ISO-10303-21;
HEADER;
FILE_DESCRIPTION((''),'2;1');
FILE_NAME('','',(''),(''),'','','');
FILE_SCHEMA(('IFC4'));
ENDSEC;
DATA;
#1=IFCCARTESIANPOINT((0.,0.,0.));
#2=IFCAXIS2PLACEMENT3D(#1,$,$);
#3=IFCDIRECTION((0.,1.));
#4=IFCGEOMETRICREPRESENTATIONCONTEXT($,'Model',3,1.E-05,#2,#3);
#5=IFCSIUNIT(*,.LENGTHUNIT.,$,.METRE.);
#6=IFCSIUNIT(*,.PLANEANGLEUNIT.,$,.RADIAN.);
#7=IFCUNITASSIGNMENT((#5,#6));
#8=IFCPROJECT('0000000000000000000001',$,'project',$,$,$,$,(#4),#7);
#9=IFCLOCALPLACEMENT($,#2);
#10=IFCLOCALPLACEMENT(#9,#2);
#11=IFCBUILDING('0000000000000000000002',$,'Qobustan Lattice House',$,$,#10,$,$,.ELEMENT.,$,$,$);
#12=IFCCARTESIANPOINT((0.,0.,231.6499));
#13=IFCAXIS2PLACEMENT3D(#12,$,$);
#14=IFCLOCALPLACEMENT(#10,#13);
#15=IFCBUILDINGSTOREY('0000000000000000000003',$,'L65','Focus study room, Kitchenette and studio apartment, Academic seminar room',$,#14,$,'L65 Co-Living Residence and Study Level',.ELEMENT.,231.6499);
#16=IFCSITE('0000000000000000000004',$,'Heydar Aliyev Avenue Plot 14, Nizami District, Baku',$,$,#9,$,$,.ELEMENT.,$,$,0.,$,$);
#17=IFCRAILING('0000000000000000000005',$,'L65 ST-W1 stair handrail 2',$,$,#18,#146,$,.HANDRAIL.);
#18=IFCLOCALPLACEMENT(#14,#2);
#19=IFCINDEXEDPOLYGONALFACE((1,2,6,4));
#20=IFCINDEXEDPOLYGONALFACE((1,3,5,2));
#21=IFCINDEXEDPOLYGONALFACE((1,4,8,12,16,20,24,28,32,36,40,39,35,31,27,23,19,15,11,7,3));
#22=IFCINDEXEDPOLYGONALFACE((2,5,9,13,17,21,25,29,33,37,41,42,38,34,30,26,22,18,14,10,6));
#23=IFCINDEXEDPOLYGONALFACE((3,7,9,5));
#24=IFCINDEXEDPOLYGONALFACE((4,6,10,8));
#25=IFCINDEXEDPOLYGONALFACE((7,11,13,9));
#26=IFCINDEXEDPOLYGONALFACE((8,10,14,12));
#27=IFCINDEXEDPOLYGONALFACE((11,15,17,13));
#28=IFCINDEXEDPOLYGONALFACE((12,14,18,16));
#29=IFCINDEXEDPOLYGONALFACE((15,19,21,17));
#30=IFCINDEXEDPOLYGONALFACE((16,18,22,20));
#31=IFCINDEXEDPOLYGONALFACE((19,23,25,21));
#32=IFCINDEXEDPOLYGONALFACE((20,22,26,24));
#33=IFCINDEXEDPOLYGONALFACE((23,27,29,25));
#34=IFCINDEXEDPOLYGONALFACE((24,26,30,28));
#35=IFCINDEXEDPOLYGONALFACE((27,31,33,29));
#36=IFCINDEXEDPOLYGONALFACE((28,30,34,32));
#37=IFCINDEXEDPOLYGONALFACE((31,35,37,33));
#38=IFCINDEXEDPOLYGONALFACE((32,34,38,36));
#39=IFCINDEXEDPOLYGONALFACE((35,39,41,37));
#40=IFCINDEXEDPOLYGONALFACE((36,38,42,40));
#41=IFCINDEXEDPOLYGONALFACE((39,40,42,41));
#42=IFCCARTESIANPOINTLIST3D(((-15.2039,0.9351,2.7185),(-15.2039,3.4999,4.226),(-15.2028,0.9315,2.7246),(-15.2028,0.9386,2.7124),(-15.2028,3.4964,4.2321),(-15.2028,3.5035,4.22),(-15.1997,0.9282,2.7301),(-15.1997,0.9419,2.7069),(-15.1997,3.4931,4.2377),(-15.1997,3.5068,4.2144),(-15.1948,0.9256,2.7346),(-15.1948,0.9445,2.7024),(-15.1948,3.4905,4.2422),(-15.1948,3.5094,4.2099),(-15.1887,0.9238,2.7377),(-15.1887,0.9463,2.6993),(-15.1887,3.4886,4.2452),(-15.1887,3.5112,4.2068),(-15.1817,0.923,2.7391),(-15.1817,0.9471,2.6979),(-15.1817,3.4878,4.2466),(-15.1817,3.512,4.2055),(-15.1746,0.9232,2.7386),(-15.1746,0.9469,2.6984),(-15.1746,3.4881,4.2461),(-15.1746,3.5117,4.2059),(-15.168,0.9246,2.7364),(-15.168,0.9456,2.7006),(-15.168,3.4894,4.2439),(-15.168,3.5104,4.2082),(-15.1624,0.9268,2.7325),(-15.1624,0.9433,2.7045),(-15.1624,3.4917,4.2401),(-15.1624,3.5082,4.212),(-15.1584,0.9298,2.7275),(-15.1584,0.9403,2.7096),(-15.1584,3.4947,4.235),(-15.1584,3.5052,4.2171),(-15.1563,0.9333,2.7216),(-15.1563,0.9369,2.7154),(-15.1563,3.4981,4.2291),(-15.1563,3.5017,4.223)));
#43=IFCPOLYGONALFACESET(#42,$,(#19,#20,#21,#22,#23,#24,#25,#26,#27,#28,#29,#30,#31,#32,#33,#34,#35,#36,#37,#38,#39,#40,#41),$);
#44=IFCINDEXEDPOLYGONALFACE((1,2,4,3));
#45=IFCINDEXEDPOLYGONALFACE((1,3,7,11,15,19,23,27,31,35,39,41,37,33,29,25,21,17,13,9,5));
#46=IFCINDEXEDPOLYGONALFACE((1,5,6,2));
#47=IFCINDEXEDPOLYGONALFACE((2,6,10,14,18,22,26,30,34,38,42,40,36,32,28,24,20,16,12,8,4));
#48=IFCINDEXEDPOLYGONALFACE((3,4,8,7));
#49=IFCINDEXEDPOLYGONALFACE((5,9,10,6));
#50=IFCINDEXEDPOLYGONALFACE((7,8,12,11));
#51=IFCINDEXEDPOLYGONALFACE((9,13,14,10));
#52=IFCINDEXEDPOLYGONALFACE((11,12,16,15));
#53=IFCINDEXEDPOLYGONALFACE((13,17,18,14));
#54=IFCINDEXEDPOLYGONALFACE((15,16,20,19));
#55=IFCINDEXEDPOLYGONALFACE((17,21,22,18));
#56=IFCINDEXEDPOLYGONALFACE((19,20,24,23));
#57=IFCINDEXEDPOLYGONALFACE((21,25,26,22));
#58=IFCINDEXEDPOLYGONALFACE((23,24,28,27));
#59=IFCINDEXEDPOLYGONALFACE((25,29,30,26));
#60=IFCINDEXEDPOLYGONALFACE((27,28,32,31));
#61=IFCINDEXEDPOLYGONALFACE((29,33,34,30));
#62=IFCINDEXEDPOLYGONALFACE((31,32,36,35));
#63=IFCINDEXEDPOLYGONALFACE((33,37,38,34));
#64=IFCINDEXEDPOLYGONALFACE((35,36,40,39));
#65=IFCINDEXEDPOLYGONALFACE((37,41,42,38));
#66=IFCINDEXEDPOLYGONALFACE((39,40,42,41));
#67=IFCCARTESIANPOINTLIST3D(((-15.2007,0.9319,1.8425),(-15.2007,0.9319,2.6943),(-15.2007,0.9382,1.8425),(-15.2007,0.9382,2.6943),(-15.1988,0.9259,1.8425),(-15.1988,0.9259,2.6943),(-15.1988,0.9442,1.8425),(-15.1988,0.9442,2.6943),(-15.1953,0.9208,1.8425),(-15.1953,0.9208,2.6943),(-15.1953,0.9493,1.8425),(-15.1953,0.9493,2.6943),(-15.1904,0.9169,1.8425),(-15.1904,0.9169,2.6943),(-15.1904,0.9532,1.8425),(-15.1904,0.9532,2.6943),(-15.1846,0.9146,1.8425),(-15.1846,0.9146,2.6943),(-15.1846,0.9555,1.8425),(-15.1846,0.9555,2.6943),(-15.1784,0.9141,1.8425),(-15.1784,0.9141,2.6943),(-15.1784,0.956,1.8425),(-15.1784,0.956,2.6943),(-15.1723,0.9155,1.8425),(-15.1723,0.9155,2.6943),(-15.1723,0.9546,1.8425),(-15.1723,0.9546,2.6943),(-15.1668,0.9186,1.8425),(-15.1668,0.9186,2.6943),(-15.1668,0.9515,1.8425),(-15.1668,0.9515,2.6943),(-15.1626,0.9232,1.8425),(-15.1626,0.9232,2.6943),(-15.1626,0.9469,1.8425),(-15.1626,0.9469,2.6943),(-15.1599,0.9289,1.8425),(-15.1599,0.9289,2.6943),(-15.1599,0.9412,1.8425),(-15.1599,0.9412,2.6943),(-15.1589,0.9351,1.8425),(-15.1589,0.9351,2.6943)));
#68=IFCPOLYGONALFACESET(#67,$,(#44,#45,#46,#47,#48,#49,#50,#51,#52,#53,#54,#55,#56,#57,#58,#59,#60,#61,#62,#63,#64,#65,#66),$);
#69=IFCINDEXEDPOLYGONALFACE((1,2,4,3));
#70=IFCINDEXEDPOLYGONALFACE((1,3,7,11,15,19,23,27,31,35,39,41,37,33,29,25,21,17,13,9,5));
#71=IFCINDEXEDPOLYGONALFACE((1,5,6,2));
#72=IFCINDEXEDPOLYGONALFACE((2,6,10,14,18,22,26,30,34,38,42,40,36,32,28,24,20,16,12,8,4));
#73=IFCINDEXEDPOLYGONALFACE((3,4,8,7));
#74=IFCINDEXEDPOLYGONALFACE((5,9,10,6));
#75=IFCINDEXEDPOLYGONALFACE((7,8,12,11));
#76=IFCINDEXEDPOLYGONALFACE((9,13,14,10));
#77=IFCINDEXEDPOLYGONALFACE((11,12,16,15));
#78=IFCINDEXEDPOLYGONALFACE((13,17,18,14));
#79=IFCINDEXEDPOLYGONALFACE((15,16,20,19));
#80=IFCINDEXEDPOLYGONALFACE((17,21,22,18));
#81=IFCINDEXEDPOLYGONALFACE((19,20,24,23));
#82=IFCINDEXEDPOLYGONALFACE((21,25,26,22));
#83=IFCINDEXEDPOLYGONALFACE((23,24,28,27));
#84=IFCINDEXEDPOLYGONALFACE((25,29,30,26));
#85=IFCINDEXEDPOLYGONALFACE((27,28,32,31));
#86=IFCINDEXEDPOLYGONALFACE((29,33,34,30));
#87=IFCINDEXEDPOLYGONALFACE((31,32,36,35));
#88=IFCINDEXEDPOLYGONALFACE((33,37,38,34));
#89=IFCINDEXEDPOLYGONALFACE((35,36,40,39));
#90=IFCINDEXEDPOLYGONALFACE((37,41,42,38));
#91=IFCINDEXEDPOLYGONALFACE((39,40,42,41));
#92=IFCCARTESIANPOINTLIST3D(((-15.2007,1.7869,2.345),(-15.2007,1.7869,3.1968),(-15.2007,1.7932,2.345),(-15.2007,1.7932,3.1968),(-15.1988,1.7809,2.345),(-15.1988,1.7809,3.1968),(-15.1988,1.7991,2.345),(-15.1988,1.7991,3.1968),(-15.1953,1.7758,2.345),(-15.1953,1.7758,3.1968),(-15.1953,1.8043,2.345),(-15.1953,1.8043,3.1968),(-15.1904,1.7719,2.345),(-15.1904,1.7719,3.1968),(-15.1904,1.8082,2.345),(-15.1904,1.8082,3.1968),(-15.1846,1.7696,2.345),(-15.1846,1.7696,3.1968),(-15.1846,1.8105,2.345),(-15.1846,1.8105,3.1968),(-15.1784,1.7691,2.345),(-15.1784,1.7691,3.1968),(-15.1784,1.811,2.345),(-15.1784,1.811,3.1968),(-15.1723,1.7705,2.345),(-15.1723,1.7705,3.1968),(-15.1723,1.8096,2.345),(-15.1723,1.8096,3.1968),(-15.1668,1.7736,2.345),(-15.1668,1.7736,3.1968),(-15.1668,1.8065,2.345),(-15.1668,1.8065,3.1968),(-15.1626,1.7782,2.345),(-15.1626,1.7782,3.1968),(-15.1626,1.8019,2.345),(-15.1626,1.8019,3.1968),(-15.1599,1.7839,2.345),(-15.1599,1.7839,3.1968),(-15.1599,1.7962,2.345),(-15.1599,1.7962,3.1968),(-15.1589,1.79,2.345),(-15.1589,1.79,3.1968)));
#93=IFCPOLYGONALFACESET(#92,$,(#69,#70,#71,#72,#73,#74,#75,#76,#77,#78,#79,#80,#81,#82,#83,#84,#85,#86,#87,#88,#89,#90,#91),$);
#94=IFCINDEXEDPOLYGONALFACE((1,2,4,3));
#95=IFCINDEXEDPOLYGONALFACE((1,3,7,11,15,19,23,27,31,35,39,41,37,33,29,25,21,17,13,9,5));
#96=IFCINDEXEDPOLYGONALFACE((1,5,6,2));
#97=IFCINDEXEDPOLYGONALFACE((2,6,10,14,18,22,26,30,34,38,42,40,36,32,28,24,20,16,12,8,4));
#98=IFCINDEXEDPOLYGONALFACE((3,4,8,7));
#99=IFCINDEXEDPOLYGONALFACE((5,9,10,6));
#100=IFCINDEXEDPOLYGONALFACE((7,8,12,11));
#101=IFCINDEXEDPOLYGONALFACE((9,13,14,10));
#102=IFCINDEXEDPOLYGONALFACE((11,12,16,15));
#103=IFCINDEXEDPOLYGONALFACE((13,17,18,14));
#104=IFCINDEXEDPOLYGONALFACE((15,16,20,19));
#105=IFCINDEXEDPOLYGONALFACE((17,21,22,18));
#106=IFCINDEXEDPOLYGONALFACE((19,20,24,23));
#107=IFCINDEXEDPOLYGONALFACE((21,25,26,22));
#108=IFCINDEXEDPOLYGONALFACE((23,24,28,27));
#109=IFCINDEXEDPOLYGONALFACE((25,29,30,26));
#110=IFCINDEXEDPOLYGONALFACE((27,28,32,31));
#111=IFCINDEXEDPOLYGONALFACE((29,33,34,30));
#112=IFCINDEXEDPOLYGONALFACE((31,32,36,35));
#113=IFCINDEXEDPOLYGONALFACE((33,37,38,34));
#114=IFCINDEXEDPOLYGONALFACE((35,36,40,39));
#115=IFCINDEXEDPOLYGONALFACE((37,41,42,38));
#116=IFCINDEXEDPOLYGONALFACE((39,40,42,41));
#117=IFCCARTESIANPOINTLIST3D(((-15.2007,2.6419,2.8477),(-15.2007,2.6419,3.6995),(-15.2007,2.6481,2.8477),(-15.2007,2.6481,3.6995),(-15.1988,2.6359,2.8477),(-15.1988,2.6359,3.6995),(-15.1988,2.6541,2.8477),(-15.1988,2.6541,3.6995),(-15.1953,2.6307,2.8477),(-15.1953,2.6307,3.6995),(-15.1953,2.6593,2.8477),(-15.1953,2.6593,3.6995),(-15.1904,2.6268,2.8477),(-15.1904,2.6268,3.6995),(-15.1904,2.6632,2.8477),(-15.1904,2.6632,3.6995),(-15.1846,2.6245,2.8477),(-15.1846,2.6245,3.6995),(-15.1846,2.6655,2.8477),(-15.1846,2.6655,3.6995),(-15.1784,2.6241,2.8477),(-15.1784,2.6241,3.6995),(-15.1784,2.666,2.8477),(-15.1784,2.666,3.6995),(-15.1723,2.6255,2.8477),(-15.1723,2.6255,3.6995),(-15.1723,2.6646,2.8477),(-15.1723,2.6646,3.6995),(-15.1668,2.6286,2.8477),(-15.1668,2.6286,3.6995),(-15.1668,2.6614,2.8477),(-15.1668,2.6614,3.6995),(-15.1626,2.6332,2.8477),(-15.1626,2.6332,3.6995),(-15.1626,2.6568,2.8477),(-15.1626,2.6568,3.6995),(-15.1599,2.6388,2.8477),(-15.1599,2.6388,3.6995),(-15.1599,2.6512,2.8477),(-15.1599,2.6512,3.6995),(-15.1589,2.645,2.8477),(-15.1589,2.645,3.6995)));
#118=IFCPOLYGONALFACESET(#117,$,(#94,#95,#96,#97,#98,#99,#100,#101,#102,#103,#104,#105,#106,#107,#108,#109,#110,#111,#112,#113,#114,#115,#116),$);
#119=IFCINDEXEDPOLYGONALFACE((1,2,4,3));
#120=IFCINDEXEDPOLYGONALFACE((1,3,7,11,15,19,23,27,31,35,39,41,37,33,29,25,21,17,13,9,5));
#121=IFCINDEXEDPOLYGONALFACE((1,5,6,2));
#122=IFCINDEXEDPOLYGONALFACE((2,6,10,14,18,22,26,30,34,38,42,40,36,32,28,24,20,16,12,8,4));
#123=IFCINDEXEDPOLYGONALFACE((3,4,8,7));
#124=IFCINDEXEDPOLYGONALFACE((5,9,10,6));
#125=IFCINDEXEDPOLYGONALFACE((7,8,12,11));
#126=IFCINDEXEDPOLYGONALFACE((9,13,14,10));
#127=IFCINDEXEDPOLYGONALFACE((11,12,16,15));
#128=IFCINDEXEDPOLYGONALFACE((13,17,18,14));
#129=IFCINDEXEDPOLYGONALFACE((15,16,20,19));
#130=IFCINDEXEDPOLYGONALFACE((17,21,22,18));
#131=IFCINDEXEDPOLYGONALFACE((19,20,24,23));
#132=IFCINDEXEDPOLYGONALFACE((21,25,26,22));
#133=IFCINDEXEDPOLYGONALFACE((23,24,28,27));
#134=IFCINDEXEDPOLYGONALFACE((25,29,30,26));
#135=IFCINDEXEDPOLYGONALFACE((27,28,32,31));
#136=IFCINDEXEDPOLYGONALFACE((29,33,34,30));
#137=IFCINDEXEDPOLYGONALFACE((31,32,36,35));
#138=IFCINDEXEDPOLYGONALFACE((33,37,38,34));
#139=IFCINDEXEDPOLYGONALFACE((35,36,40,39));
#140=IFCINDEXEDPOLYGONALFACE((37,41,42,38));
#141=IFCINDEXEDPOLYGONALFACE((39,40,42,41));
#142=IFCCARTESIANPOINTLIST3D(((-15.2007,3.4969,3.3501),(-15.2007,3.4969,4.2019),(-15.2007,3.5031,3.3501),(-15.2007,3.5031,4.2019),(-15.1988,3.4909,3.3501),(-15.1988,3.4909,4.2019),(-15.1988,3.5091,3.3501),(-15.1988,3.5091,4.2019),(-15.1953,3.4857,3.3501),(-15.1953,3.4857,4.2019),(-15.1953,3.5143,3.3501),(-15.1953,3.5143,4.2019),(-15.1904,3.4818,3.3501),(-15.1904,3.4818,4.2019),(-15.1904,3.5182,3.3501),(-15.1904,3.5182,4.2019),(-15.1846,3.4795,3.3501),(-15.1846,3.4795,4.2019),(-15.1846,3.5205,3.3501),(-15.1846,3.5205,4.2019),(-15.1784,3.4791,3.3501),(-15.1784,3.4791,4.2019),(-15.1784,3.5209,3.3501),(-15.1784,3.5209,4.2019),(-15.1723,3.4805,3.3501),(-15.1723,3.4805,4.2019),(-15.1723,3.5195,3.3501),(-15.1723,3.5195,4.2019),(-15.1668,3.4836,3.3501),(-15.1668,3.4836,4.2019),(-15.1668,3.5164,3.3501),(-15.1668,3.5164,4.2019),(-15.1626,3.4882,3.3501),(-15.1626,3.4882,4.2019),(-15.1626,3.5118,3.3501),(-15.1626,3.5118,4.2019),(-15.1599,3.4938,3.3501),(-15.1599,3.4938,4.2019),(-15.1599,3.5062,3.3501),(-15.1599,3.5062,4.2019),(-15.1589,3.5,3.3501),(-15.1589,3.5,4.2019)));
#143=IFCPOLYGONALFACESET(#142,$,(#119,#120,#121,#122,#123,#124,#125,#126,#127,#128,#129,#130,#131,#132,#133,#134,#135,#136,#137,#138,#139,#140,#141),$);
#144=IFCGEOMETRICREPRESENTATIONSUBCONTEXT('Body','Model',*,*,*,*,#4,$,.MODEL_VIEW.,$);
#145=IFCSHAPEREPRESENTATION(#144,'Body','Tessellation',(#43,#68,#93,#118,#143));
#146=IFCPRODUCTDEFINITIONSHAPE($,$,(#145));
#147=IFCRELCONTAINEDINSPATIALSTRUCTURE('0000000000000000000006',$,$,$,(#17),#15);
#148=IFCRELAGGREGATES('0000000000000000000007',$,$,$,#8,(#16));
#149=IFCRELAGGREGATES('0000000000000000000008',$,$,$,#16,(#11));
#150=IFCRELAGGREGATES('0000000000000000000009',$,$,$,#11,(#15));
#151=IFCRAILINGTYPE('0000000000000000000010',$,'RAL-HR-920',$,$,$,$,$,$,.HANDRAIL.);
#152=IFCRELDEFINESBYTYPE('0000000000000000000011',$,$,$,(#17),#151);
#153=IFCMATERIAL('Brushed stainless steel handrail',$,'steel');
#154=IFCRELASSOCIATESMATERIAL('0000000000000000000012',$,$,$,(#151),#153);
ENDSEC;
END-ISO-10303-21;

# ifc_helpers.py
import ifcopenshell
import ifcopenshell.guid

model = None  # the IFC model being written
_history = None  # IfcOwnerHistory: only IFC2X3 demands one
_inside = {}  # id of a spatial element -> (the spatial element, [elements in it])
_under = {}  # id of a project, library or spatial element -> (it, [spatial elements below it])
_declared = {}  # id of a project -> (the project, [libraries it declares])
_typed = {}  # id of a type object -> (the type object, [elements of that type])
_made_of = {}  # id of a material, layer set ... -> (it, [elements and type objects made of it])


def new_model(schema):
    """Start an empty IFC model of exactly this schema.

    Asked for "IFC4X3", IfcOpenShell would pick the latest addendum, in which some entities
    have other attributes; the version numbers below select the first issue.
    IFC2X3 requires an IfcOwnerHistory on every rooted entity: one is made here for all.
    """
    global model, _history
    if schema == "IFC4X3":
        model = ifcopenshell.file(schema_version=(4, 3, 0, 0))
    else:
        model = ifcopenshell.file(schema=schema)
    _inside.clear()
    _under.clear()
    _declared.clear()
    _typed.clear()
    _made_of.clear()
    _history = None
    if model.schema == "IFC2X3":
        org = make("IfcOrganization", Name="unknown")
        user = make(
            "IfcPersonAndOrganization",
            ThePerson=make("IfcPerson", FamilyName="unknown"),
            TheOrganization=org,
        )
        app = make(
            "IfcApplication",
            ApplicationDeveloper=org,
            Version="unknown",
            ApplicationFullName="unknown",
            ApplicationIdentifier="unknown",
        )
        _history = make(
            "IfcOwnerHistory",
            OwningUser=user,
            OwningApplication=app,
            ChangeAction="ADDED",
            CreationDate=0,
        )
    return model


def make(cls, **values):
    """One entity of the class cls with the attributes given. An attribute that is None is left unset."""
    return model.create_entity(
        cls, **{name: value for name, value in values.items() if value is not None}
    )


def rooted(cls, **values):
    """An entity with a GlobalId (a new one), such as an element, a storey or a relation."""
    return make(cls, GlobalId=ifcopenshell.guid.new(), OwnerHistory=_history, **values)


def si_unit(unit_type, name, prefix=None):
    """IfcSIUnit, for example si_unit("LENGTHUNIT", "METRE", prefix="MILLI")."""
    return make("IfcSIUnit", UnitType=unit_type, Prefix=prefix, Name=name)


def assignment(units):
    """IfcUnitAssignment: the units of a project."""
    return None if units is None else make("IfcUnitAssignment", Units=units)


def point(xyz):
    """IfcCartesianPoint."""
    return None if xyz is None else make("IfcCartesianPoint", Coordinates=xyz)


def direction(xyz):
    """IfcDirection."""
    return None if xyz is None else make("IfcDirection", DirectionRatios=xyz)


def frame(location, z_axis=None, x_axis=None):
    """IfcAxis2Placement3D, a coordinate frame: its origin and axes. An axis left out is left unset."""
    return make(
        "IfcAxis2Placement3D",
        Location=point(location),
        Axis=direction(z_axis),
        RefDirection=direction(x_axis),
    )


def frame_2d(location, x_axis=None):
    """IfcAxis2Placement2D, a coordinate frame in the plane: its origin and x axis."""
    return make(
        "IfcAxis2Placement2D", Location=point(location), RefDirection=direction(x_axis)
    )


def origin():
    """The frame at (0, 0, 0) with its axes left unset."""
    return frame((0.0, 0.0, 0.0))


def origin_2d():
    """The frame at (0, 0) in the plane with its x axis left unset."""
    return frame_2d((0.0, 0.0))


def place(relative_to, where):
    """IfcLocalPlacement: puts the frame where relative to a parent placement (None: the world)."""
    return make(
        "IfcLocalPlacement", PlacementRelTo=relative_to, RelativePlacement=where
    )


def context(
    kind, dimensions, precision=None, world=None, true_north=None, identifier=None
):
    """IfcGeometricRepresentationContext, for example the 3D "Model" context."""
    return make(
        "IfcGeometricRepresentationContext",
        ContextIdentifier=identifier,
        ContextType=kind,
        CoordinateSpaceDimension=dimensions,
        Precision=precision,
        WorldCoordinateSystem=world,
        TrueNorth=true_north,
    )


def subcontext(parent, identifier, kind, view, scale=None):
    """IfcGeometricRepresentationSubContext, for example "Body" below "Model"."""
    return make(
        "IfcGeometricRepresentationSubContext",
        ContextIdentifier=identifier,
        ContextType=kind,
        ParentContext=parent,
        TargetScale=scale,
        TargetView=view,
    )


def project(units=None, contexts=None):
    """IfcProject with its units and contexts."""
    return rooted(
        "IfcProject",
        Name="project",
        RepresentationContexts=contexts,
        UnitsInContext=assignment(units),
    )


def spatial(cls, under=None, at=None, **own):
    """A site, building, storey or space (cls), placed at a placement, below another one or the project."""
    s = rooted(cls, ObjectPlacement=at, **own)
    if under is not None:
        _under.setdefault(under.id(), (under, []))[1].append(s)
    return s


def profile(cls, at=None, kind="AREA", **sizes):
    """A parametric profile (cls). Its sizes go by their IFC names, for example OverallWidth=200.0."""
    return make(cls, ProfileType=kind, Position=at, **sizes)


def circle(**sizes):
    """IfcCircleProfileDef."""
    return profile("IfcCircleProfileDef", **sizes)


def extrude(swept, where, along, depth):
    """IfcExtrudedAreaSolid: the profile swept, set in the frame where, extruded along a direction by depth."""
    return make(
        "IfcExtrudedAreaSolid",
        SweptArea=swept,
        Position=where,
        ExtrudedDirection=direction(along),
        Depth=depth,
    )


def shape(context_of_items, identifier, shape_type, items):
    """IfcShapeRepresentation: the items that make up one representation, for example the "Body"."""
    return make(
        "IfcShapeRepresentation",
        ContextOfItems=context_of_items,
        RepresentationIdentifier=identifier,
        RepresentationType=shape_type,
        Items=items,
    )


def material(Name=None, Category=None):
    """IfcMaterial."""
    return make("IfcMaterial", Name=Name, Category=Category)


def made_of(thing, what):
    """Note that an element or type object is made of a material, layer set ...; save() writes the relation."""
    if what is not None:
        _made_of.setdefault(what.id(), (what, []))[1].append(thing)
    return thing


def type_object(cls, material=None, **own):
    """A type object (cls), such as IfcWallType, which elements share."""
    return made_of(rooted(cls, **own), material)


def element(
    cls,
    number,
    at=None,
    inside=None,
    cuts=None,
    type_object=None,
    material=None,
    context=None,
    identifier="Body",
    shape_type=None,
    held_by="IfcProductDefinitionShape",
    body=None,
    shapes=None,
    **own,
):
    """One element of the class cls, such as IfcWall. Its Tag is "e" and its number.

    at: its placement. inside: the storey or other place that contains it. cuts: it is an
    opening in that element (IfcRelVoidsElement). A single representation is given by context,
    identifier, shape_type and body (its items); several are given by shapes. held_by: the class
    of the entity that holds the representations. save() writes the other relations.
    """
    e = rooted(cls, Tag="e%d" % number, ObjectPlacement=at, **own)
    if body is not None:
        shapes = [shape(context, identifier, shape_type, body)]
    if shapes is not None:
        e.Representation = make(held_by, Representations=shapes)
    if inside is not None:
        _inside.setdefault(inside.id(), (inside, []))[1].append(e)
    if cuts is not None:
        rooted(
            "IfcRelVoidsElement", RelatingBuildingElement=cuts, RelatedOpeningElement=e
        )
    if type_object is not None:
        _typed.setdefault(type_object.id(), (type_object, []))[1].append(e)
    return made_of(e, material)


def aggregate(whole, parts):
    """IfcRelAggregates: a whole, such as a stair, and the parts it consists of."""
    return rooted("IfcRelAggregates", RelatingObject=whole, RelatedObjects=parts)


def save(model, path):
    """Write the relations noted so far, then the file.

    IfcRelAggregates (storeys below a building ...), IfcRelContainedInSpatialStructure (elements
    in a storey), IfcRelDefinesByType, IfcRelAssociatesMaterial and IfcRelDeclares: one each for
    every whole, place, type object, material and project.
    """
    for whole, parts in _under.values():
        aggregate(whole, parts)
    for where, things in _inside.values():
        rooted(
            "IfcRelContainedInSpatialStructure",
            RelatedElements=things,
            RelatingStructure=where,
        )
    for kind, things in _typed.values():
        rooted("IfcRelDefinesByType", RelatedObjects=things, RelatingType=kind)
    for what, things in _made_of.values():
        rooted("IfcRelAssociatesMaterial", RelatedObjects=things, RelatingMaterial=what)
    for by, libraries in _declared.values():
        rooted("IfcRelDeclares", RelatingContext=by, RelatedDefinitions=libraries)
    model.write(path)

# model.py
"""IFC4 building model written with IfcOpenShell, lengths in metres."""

from ifc_helpers import new_model, si_unit, direction, frame, origin, origin_2d, place, context, subcontext, project, spatial, circle, extrude, material, type_object, element, save


model = new_model("IFC4")

# Units and contexts
model_context = context("Model", 3, precision=1e-05, world=origin(), true_north=direction((0.0, 1.0)))
body_context = subcontext(model_context, "Body", "Model", "MODEL_VIEW")
ifc_project = project(units=[si_unit("LENGTHUNIT", "METRE"), si_unit("PLANEANGLEUNIT", "RADIAN")], contexts=[model_context])

# Site, building, storey
site_placement = place(None, origin())
site = spatial("IfcSite", under=ifc_project, at=site_placement, Name="Heydar Aliyev Avenue Plot 14, Nizami District, Baku", CompositionType="ELEMENT", RefElevation=0.0)
building_placement = place(site_placement, origin())
building = spatial("IfcBuilding", under=site, at=building_placement, Name="Qobustan Lattice House", CompositionType="ELEMENT")
storey_placement = place(building_placement, frame((0.0, 0.0, 231.6499)))
storey = spatial("IfcBuildingStorey", under=building, at=storey_placement, Name="L65", Description="Focus study room, Kitchenette and studio apartment, Academic seminar room", LongName="L65 Co-Living Residence and Study Level", CompositionType="ELEMENT", Elevation=231.6499)

# Railing
ifc_material_1 = material(Name="Brushed stainless steel handrail", Category="steel")
railing_type_1 = type_object("IfcRailingType", Name="RAL-HR-920", PredefinedType="HANDRAIL", material=ifc_material_1)
railing_1_placement = place(storey_placement, frame((-15.1799, 0.9351, 1.8425)))
element("IfcRailing", 1, at=railing_1_placement, inside=storey, type_object=railing_type_1, Name="L65 ST-W1 stair handrail 2", PredefinedType="HANDRAIL", context=body_context, shape_type="SweptSolid", body=[
    extrude(circle(Radius=0.0239, at=origin_2d()), frame((0.0, 0.0, 0.876), z_axis=(0.0, 0.862113, 0.506715), x_axis=(-1.0, 0.0, 0.0)), (0.0, 0.0, 1.0), 2.9751),
    extrude(circle(Radius=0.021, at=origin_2d()), origin(), (0.0, 0.0, 1.0), 0.8518),
    extrude(circle(Radius=0.021, at=origin_2d()), frame((0.0, 0.855, 0.5024)), (0.0, 0.0, 1.0), 0.8518),
    extrude(circle(Radius=0.021, at=origin_2d()), frame((0.0, 1.71, 1.0051)), (0.0, 0.0, 1.0), 0.8518),
    extrude(circle(Radius=0.021, at=origin_2d()), frame((0.0, 2.5649, 1.5076)), (0.0, 0.0, 1.0), 0.8518),
])

save(model, "model.ifc")
